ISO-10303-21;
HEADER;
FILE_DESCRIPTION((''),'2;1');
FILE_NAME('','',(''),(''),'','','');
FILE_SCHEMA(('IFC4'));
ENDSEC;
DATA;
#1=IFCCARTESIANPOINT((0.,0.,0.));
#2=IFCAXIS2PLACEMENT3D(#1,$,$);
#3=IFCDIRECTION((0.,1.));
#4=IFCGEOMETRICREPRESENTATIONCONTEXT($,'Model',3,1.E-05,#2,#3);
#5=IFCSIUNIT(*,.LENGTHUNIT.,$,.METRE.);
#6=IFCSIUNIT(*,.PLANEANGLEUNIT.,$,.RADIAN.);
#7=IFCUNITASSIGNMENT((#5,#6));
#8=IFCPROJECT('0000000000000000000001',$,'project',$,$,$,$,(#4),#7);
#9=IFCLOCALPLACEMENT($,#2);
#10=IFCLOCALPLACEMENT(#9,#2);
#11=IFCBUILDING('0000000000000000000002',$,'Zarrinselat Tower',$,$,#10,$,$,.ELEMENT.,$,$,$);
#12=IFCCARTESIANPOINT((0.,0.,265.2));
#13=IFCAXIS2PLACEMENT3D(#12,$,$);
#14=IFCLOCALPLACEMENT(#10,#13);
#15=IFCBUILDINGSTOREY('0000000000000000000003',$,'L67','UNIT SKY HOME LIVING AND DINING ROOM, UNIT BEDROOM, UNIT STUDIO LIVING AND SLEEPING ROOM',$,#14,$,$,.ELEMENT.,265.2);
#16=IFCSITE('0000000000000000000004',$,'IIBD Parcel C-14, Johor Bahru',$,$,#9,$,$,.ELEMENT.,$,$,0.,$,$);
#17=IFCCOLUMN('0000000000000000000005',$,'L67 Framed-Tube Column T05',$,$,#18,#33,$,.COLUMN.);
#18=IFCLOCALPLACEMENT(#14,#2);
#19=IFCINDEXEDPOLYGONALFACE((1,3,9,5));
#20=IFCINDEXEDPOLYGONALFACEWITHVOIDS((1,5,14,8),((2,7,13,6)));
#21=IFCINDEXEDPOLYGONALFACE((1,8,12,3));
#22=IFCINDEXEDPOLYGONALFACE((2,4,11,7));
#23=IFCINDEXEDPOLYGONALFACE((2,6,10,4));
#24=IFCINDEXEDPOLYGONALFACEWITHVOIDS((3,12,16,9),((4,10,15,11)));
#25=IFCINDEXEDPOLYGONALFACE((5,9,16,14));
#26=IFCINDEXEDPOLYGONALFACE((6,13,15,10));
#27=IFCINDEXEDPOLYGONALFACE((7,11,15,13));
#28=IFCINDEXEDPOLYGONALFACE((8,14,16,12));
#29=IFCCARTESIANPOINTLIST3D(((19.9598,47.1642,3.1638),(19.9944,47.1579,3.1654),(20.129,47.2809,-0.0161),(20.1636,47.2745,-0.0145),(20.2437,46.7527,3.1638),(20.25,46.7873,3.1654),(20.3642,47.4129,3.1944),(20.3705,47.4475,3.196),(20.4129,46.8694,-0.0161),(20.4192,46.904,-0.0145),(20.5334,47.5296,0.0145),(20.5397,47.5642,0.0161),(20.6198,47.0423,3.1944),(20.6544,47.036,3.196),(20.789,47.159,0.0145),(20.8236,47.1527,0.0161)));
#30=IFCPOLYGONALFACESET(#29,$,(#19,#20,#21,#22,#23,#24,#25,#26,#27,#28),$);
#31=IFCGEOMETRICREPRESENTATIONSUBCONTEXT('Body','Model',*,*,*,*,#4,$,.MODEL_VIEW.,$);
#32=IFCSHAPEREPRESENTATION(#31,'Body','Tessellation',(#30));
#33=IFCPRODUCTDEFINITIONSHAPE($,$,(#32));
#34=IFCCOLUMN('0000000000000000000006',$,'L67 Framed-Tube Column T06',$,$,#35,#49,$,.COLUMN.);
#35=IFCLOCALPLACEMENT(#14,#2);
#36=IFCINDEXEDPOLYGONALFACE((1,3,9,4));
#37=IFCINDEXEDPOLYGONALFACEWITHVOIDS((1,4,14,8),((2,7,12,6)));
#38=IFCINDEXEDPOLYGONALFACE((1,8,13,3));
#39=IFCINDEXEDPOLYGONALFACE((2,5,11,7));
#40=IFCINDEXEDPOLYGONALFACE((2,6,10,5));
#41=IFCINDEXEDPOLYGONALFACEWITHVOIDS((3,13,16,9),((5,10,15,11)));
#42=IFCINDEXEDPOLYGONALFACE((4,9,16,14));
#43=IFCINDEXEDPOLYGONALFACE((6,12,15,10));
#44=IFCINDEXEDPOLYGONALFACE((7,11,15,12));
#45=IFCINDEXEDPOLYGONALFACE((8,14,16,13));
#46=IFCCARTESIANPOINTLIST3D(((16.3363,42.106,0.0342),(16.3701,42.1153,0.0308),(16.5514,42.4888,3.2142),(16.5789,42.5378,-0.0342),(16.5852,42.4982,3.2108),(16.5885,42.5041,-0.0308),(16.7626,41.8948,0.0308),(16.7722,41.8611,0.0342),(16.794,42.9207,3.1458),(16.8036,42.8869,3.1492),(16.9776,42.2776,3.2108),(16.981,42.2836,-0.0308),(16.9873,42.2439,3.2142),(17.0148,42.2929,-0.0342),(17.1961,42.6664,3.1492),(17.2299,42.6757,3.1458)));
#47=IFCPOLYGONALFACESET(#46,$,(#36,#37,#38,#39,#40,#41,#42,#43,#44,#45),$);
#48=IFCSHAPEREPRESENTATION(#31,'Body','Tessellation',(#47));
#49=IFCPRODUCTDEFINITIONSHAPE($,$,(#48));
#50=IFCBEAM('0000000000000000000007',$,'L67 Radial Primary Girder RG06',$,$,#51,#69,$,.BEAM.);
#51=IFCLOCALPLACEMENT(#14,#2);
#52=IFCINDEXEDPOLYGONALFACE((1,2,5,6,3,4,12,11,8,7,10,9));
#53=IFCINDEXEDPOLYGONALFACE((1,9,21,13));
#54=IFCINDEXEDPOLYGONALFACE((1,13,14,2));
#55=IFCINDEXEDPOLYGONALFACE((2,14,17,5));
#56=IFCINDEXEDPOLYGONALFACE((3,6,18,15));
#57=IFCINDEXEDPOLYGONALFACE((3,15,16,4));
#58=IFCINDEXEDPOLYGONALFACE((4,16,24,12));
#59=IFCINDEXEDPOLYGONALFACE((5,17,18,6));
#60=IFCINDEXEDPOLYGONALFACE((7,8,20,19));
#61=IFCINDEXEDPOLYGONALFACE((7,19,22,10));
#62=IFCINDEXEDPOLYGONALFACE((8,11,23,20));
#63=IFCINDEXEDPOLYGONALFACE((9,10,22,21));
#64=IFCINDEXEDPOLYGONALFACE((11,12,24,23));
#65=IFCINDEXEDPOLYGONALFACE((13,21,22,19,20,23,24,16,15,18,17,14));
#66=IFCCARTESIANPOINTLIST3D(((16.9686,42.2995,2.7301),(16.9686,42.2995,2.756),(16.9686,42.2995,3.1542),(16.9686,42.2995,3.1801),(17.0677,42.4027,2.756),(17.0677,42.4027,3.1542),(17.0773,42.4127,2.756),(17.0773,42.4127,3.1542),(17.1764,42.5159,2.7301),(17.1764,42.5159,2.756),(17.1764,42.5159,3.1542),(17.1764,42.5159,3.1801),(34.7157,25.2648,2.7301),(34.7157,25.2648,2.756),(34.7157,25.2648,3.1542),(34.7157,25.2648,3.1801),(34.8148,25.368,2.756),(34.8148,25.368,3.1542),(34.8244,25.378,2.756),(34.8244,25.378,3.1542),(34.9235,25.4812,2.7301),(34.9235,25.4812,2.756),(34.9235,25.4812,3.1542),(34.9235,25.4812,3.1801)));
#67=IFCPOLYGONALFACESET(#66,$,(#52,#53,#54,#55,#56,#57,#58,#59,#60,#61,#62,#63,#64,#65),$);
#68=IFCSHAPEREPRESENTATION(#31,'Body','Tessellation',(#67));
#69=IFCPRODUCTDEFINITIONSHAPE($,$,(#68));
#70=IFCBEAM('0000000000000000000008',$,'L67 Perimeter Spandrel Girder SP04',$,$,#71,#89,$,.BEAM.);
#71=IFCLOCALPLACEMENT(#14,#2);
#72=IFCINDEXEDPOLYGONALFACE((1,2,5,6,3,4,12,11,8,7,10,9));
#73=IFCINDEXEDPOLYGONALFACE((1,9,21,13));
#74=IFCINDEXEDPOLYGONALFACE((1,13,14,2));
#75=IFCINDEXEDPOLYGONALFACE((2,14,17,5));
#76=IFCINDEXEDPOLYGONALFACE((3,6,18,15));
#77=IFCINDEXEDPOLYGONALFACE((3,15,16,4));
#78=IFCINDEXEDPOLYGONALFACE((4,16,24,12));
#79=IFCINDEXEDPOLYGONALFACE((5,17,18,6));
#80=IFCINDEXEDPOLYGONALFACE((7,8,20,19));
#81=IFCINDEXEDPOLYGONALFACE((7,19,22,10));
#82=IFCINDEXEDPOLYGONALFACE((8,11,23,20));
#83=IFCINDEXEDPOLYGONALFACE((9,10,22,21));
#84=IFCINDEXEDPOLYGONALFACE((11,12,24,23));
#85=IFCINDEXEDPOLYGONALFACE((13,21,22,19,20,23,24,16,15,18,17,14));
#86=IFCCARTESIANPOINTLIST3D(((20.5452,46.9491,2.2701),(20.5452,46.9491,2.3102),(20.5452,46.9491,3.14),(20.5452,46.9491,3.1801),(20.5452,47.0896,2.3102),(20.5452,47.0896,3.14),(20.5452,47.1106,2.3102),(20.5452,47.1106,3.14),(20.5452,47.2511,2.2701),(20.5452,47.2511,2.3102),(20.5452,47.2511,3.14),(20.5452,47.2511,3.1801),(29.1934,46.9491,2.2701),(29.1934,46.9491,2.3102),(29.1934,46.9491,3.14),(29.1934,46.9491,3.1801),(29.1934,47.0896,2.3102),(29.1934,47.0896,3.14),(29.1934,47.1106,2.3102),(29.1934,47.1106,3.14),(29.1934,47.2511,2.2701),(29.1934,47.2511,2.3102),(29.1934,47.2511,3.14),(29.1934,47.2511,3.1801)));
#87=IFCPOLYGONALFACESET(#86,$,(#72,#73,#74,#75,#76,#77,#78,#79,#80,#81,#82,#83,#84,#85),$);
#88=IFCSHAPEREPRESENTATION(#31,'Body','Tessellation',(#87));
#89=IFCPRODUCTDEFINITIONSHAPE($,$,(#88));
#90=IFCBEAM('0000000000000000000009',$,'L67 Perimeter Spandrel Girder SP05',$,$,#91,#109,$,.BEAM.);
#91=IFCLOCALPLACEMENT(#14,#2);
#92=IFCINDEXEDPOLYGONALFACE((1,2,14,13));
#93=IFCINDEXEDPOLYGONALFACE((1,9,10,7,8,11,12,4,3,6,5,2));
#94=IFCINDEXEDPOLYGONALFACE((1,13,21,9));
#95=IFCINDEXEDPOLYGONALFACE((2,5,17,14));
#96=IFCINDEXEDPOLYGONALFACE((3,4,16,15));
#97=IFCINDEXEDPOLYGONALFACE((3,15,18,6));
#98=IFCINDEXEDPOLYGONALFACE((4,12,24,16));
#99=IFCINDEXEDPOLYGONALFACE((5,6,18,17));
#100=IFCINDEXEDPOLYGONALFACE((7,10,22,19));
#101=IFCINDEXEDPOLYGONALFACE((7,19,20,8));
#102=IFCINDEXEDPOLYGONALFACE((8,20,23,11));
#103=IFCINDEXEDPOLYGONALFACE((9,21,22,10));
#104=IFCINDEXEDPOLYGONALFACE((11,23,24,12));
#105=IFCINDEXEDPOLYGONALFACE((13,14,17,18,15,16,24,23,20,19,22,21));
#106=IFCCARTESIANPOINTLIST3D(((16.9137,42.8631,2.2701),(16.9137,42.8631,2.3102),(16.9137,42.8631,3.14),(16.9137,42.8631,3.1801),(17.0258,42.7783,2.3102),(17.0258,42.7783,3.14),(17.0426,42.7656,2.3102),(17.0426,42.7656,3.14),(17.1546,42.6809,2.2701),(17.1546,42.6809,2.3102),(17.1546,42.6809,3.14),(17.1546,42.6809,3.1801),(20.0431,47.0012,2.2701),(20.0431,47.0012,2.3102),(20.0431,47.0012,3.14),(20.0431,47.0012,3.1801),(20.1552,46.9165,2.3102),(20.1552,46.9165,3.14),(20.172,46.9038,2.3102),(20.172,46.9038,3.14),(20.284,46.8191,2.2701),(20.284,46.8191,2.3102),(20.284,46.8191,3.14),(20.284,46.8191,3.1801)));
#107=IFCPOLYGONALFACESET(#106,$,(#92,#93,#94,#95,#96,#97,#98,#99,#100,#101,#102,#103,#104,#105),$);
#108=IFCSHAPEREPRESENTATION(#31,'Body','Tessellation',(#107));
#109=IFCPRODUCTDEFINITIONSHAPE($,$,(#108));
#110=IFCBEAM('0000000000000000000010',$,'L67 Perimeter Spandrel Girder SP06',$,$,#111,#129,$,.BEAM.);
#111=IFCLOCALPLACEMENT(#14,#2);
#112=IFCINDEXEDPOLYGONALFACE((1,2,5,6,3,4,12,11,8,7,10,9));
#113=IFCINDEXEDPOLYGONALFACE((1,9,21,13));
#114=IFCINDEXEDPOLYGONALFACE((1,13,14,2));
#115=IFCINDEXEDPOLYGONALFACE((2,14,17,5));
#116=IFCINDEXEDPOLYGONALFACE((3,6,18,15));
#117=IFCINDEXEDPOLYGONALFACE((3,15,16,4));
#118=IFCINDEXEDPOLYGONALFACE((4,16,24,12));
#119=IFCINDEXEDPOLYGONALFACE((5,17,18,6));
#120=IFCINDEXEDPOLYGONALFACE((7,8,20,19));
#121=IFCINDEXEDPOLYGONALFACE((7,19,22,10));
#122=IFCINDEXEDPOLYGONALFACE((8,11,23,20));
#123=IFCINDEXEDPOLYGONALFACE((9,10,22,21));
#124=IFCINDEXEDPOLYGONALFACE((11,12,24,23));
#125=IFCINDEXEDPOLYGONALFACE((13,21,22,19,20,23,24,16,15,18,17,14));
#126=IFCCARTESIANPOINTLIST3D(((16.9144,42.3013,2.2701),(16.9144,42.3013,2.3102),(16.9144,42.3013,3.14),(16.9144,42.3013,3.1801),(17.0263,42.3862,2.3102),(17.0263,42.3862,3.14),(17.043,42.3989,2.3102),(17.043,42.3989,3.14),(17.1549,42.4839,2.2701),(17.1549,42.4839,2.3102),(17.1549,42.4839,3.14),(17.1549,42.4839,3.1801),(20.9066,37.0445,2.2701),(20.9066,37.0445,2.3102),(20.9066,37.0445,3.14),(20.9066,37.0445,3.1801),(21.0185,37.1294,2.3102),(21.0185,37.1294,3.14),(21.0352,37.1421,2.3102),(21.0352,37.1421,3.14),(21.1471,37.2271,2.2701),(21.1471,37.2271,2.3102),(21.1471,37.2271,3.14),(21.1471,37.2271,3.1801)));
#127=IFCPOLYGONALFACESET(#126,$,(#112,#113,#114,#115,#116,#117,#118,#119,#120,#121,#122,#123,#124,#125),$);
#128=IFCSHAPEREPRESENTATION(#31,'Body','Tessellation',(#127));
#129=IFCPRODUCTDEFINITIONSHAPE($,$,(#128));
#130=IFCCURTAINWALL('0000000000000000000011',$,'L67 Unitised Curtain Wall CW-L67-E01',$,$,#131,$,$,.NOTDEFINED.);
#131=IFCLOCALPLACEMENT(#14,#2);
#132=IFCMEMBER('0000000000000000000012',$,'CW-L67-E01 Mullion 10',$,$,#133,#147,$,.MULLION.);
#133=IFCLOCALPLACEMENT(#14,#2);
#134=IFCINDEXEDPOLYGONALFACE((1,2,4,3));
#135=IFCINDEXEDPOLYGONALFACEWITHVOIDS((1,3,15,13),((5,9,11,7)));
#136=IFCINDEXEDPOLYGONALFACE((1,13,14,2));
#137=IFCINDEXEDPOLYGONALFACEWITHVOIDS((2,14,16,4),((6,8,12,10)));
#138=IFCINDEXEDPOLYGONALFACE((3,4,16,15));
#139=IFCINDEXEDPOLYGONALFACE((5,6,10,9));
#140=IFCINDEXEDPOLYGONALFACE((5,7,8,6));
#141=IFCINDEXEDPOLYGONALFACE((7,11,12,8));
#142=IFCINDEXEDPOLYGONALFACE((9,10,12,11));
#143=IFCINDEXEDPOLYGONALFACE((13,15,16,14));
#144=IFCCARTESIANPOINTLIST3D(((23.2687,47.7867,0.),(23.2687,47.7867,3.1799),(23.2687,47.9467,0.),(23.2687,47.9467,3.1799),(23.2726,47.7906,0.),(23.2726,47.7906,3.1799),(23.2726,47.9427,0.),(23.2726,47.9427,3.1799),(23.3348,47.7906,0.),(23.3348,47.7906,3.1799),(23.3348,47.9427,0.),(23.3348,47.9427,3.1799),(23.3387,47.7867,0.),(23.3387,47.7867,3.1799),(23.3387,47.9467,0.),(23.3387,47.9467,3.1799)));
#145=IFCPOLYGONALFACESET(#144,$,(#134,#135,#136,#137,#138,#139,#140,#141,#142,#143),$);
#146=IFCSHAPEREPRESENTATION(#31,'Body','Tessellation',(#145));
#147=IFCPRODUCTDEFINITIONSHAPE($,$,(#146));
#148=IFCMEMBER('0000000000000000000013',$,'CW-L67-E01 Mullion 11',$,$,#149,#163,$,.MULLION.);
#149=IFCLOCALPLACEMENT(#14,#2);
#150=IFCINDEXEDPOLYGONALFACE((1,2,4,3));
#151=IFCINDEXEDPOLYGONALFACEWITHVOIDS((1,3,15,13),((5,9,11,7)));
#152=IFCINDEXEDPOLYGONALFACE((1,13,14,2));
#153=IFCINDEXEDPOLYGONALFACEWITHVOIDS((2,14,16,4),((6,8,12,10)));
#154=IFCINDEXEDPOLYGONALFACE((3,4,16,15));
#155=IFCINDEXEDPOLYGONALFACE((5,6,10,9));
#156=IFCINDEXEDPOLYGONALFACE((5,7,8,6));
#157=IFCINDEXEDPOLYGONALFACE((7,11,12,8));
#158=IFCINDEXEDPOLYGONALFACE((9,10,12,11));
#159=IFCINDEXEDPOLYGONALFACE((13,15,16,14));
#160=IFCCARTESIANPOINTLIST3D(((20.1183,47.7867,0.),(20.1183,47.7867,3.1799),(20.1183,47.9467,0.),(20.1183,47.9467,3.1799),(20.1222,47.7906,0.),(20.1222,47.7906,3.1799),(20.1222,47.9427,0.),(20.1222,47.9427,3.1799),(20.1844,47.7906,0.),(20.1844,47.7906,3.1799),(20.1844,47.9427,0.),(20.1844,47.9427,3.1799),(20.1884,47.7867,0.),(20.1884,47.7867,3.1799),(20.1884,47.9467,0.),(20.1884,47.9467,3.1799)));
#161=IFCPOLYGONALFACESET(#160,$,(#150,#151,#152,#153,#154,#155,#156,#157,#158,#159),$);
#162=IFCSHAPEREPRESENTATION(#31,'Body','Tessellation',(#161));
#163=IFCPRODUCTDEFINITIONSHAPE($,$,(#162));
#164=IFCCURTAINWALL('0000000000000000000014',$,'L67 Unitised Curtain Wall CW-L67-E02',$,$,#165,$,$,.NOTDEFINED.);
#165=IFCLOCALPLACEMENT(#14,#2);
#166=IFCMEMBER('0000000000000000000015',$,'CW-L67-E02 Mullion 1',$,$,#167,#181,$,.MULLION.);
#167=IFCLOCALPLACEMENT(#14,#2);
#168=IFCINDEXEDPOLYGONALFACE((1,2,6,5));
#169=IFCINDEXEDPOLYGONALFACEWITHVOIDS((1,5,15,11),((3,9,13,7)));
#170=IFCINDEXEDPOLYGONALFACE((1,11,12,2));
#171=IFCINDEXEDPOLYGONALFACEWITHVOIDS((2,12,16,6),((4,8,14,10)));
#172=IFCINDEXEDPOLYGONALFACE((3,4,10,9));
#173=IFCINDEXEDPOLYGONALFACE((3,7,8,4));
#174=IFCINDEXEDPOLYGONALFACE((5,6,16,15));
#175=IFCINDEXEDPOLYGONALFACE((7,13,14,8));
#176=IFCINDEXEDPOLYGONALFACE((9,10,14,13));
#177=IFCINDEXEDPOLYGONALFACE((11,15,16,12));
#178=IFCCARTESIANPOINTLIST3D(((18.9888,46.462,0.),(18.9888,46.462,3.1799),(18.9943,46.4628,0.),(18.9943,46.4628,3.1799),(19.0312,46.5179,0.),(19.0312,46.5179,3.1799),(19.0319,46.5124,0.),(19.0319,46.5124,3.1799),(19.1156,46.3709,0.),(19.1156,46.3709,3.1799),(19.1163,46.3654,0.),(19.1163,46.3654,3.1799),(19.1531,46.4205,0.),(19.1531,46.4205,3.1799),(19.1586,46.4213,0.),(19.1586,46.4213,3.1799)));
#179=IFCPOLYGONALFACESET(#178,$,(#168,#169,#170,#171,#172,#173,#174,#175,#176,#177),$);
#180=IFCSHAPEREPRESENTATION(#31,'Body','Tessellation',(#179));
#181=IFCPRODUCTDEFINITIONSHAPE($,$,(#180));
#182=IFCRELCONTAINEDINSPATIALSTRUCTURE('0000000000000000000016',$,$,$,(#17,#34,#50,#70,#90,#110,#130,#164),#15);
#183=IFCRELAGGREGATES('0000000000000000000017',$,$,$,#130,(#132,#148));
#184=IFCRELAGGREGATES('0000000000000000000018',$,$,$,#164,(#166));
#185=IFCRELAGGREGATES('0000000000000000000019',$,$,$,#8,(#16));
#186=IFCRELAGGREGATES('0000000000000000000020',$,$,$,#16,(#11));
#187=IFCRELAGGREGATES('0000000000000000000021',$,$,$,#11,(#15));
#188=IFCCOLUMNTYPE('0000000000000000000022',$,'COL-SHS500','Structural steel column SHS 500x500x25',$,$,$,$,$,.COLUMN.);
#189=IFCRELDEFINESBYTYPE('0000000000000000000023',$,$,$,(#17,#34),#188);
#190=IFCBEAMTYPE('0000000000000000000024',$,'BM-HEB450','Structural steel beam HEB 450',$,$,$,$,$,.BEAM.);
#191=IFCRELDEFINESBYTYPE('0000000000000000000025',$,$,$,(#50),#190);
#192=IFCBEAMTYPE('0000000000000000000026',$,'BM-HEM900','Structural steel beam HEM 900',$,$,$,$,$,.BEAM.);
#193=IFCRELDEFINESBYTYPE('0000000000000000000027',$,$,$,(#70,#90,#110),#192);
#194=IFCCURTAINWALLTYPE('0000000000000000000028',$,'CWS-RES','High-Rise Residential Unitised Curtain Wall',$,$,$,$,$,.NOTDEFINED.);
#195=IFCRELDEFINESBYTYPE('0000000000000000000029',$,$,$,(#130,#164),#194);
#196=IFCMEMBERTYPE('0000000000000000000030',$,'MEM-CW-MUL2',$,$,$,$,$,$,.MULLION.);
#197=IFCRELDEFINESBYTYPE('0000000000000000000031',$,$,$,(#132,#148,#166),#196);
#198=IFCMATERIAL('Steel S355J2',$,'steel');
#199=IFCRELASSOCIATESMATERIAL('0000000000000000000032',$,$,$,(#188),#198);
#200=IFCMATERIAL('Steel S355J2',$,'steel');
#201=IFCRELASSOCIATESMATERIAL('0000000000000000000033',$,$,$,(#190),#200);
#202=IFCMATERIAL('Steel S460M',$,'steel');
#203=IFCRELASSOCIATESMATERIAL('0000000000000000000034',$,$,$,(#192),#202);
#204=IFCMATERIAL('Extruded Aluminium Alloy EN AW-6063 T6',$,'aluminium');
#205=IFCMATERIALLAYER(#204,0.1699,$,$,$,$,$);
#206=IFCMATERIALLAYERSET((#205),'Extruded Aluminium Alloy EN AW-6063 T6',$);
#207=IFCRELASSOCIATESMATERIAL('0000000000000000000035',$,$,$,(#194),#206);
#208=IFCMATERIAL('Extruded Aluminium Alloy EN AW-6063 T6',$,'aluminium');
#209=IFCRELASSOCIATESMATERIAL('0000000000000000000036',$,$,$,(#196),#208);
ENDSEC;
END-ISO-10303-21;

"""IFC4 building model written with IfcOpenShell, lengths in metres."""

from ifc_helpers import new_model, si_unit, direction, frame, origin, origin_2d, place, context, subcontext, project, spatial, hollow_rectangle, i_section, extrude, material, layer, layer_set, material_profile, profile_set, type_object, element, aggregate, save


model = new_model("IFC4")

# Units and contexts
model_context = context("Model", 3, precision=1e-05, world=origin(), true_north=direction((0.0, 1.0)))
body_context = subcontext(model_context, "Body", "Model", "MODEL_VIEW")
ifc_project = project(units=[si_unit("LENGTHUNIT", "METRE"), si_unit("PLANEANGLEUNIT", "RADIAN")], contexts=[model_context])

# Site, building, storey
site_placement = place(None, origin())
site = spatial("IfcSite", under=ifc_project, at=site_placement, Name="IIBD Parcel C-14, Johor Bahru", CompositionType="ELEMENT", RefElevation=0.0)
building_placement = place(site_placement, origin())
building = spatial("IfcBuilding", under=site, at=building_placement, Name="Zarrinselat Tower", CompositionType="ELEMENT")
storey_placement = place(building_placement, frame((0.0, 0.0, 265.2)))
storey = spatial("IfcBuildingStorey", under=building, at=storey_placement, Name="L67", Description="UNIT SKY HOME LIVING AND DINING ROOM, UNIT BEDROOM, UNIT STUDIO LIVING AND SLEEPING ROOM", CompositionType="ELEMENT", Elevation=265.2)

# Columns
ifc_material_1 = material(Name="Steel S355J2", Category="steel")
ifc_material_profile_1 = material_profile(ifc_material_1, hollow_rectangle(XDim=0.5, YDim=0.5, WallThickness=0.0249, at=origin_2d()), Name="SHS 500x500x25")
ifc_profile_set_1 = profile_set([ifc_material_profile_1], Name="Steel S355J2")
column_type = type_object("IfcColumnType", Name="COL-SHS500", Description="Structural steel column SHS 500x500x25", PredefinedType="COLUMN", material=ifc_profile_set_1)
column_1_placement = place(storey_placement, frame((20.4763, 47.2168, 0.0), z_axis=(-0.053095, -0.036622, 0.997918), x_axis=(0.567788, -0.823174, 0.0)))
element("IfcColumn", 1, at=column_1_placement, inside=storey, type_object=column_type, Name="L67 Framed-Tube Column T05", PredefinedType="COLUMN", context=body_context, shape_type="SweptSolid", body=[
    extrude(hollow_rectangle(XDim=0.5, YDim=0.5, WallThickness=0.0249, at=origin_2d()), origin(), (0.0, 0.0, 1.0), 3.1865),
])
column_2_placement = place(storey_placement, frame((16.6755, 42.1995, 0.0), z_axis=(0.067003, 0.119252, 0.990601), x_axis=(-0.871813, 0.489839, 0.0)))
element("IfcColumn", 2, at=column_2_placement, inside=storey, type_object=column_type, Name="L67 Framed-Tube Column T06", PredefinedType="COLUMN", context=body_context, shape_type="SweptSolid", body=[
    extrude(hollow_rectangle(XDim=0.5, YDim=0.5, WallThickness=0.0249, at=origin_2d()), origin(), (0.0, 0.0, 1.0), 3.2102),
])

# Beams
ifc_material_2 = material(Name="Steel S355J2", Category="steel")
ifc_material_profile_2 = material_profile(ifc_material_2, i_section(OverallWidth=0.3, OverallDepth=0.45, WebThickness=0.0139, FlangeThickness=0.0259, at=origin_2d()), Name="HEB 450")
ifc_profile_set_2 = profile_set([ifc_material_profile_2], Name="Steel S355J2")
beam_type_1 = type_object("IfcBeamType", Name="BM-HEB450", Description="Structural steel beam HEB 450", PredefinedType="BEAM", material=ifc_profile_set_2)
beam_1_placement = place(storey_placement, frame((17.0725, 42.4077, 2.9551), z_axis=(0.721438, -0.692479, 0.0), x_axis=(0.692479, 0.721438, 0.0)))
element("IfcBeam", 3, at=beam_1_placement, inside=storey, type_object=beam_type_1, Name="L67 Radial Primary Girder RG06", PredefinedType="BEAM", context=body_context, shape_type="SweptSolid", body=[
    extrude(i_section(OverallWidth=0.3, OverallDepth=0.45, WebThickness=0.0139, FlangeThickness=0.0259, at=origin_2d()), origin(), (0.0, 0.0, 1.0), 24.5996),
])
ifc_material_3 = material(Name="Steel S460M", Category="steel")
ifc_material_profile_3 = material_profile(ifc_material_3, i_section(OverallWidth=0.302, OverallDepth=0.9099, WebThickness=0.021, FlangeThickness=0.04, at=origin_2d()), Name="HEM 900")
ifc_profile_set_3 = profile_set([ifc_material_profile_3], Name="Steel S460M")
beam_type_2 = type_object("IfcBeamType", Name="BM-HEM900", Description="Structural steel beam HEM 900", PredefinedType="BEAM", material=ifc_profile_set_3)
beam_2_placement = place(storey_placement, frame((20.5452, 47.1001, 2.7251), z_axis=(1.0, 0.0, 0.0), x_axis=(0.0, 1.0, 0.0)))
element("IfcBeam", 4, at=beam_2_placement, inside=storey, type_object=beam_type_2, Name="L67 Perimeter Spandrel Girder SP04", PredefinedType="BEAM", context=body_context, shape_type="SweptSolid", body=[
    extrude(i_section(OverallWidth=0.302, OverallDepth=0.9099, WebThickness=0.021, FlangeThickness=0.04, at=origin_2d()), origin(), (0.0, 0.0, 1.0), 8.6482),
])
beam_3_placement = place(storey_placement, frame((17.0342, 42.772, 2.7251), z_axis=(0.603173, 0.797611, 0.0), x_axis=(-0.797611, 0.603173, 0.0)))
element("IfcBeam", 5, at=beam_3_placement, inside=storey, type_object=beam_type_2, Name="L67 Perimeter Spandrel Girder SP05", PredefinedType="BEAM", context=body_context, shape_type="SweptSolid", body=[
    extrude(i_section(OverallWidth=0.302, OverallDepth=0.9099, WebThickness=0.021, FlangeThickness=0.04, at=origin_2d()), origin(), (0.0, 0.0, 1.0), 5.1882),
])
beam_4_placement = place(storey_placement, frame((17.0347, 42.3926, 2.7251), z_axis=(0.604794, -0.796382, 0.0), x_axis=(0.796382, 0.604794, 0.0)))
element("IfcBeam", 6, at=beam_4_placement, inside=storey, type_object=beam_type_2, Name="L67 Perimeter Spandrel Girder SP06", PredefinedType="BEAM", context=body_context, shape_type="SweptSolid", body=[
    extrude(i_section(OverallWidth=0.302, OverallDepth=0.9099, WebThickness=0.021, FlangeThickness=0.04, at=origin_2d()), origin(), (0.0, 0.0, 1.0), 6.6008),
])

# Curtain walls, members
ifc_material_4 = material(Name="Extruded Aluminium Alloy EN AW-6063 T6", Category="aluminium")
ifc_layer_1 = layer(ifc_material_4, 0.1699)
ifc_layer_set_1 = layer_set([ifc_layer_1], Name="Extruded Aluminium Alloy EN AW-6063 T6")
curtain_wall_type = type_object("IfcCurtainWallType", Name="CWS-RES", Description="High-Rise Residential Unitised Curtain Wall", PredefinedType="NOTDEFINED", material=ifc_layer_set_1)
curtain_wall_1_placement = place(storey_placement, origin())
curtain_wall_1 = element("IfcCurtainWall", 7, at=curtain_wall_1_placement, inside=storey, type_object=curtain_wall_type, Name="L67 Unitised Curtain Wall CW-L67-E01", PredefinedType="NOTDEFINED")
ifc_material_5 = material(Name="Extruded Aluminium Alloy EN AW-6063 T6", Category="aluminium")
ifc_material_profile_4 = material_profile(ifc_material_5, hollow_rectangle(XDim=0.0701, YDim=0.1599, WallThickness=0.0039, at=origin_2d()), Name="RHS 160x70x4")
ifc_profile_set_4 = profile_set([ifc_material_profile_4], Name="Extruded Aluminium Alloy EN AW-6063 T6")
member_type_1 = type_object("IfcMemberType", Name="MEM-CW-MUL2", PredefinedType="MULLION", material=ifc_profile_set_4)
member_1_placement = place(storey_placement, frame((23.3037, 47.8667, 0.0), z_axis=(0.0, 0.0, 1.0), x_axis=(-1.0, 0.0, 0.0)))
member_1 = element("IfcMember", 8, at=member_1_placement, type_object=member_type_1, Name="CW-L67-E01 Mullion 10", PredefinedType="MULLION", context=body_context, shape_type="SweptSolid", body=[
    extrude(hollow_rectangle(XDim=0.0701, YDim=0.1599, WallThickness=0.0039, at=origin_2d()), origin(), (0.0, 0.0, 1.0), 3.1799),
])
member_2_placement = place(storey_placement, frame((20.1533, 47.8667, 0.0), z_axis=(0.0, 0.0, 1.0), x_axis=(-1.0, 0.0, 0.0)))
member_2 = element("IfcMember", 9, at=member_2_placement, type_object=member_type_1, Name="CW-L67-E01 Mullion 11", PredefinedType="MULLION", context=body_context, shape_type="SweptSolid", body=[
    extrude(hollow_rectangle(XDim=0.0701, YDim=0.1599, WallThickness=0.0039, at=origin_2d()), origin(), (0.0, 0.0, 1.0), 3.1799),
])
curtain_wall_2_placement = place(storey_placement, origin())
curtain_wall_2 = element("IfcCurtainWall", 10, at=curtain_wall_2_placement, inside=storey, type_object=curtain_wall_type, Name="L67 Unitised Curtain Wall CW-L67-E02", PredefinedType="NOTDEFINED")
member_3_placement = place(storey_placement, frame((19.0737, 46.4417, 0.0), z_axis=(0.0, 0.0, 1.0), x_axis=(-0.603855, -0.797094, 0.0)))
member_3 = element("IfcMember", 11, at=member_3_placement, type_object=member_type_1, Name="CW-L67-E02 Mullion 1", PredefinedType="MULLION", context=body_context, shape_type="SweptSolid", body=[
    extrude(hollow_rectangle(XDim=0.0701, YDim=0.1599, WallThickness=0.0039, at=origin_2d()), origin(), (0.0, 0.0, 1.0), 3.1799),
])

aggregate(curtain_wall_1, [member_1, member_2])
aggregate(curtain_wall_2, [member_3])

save(model, "model.ifc")
